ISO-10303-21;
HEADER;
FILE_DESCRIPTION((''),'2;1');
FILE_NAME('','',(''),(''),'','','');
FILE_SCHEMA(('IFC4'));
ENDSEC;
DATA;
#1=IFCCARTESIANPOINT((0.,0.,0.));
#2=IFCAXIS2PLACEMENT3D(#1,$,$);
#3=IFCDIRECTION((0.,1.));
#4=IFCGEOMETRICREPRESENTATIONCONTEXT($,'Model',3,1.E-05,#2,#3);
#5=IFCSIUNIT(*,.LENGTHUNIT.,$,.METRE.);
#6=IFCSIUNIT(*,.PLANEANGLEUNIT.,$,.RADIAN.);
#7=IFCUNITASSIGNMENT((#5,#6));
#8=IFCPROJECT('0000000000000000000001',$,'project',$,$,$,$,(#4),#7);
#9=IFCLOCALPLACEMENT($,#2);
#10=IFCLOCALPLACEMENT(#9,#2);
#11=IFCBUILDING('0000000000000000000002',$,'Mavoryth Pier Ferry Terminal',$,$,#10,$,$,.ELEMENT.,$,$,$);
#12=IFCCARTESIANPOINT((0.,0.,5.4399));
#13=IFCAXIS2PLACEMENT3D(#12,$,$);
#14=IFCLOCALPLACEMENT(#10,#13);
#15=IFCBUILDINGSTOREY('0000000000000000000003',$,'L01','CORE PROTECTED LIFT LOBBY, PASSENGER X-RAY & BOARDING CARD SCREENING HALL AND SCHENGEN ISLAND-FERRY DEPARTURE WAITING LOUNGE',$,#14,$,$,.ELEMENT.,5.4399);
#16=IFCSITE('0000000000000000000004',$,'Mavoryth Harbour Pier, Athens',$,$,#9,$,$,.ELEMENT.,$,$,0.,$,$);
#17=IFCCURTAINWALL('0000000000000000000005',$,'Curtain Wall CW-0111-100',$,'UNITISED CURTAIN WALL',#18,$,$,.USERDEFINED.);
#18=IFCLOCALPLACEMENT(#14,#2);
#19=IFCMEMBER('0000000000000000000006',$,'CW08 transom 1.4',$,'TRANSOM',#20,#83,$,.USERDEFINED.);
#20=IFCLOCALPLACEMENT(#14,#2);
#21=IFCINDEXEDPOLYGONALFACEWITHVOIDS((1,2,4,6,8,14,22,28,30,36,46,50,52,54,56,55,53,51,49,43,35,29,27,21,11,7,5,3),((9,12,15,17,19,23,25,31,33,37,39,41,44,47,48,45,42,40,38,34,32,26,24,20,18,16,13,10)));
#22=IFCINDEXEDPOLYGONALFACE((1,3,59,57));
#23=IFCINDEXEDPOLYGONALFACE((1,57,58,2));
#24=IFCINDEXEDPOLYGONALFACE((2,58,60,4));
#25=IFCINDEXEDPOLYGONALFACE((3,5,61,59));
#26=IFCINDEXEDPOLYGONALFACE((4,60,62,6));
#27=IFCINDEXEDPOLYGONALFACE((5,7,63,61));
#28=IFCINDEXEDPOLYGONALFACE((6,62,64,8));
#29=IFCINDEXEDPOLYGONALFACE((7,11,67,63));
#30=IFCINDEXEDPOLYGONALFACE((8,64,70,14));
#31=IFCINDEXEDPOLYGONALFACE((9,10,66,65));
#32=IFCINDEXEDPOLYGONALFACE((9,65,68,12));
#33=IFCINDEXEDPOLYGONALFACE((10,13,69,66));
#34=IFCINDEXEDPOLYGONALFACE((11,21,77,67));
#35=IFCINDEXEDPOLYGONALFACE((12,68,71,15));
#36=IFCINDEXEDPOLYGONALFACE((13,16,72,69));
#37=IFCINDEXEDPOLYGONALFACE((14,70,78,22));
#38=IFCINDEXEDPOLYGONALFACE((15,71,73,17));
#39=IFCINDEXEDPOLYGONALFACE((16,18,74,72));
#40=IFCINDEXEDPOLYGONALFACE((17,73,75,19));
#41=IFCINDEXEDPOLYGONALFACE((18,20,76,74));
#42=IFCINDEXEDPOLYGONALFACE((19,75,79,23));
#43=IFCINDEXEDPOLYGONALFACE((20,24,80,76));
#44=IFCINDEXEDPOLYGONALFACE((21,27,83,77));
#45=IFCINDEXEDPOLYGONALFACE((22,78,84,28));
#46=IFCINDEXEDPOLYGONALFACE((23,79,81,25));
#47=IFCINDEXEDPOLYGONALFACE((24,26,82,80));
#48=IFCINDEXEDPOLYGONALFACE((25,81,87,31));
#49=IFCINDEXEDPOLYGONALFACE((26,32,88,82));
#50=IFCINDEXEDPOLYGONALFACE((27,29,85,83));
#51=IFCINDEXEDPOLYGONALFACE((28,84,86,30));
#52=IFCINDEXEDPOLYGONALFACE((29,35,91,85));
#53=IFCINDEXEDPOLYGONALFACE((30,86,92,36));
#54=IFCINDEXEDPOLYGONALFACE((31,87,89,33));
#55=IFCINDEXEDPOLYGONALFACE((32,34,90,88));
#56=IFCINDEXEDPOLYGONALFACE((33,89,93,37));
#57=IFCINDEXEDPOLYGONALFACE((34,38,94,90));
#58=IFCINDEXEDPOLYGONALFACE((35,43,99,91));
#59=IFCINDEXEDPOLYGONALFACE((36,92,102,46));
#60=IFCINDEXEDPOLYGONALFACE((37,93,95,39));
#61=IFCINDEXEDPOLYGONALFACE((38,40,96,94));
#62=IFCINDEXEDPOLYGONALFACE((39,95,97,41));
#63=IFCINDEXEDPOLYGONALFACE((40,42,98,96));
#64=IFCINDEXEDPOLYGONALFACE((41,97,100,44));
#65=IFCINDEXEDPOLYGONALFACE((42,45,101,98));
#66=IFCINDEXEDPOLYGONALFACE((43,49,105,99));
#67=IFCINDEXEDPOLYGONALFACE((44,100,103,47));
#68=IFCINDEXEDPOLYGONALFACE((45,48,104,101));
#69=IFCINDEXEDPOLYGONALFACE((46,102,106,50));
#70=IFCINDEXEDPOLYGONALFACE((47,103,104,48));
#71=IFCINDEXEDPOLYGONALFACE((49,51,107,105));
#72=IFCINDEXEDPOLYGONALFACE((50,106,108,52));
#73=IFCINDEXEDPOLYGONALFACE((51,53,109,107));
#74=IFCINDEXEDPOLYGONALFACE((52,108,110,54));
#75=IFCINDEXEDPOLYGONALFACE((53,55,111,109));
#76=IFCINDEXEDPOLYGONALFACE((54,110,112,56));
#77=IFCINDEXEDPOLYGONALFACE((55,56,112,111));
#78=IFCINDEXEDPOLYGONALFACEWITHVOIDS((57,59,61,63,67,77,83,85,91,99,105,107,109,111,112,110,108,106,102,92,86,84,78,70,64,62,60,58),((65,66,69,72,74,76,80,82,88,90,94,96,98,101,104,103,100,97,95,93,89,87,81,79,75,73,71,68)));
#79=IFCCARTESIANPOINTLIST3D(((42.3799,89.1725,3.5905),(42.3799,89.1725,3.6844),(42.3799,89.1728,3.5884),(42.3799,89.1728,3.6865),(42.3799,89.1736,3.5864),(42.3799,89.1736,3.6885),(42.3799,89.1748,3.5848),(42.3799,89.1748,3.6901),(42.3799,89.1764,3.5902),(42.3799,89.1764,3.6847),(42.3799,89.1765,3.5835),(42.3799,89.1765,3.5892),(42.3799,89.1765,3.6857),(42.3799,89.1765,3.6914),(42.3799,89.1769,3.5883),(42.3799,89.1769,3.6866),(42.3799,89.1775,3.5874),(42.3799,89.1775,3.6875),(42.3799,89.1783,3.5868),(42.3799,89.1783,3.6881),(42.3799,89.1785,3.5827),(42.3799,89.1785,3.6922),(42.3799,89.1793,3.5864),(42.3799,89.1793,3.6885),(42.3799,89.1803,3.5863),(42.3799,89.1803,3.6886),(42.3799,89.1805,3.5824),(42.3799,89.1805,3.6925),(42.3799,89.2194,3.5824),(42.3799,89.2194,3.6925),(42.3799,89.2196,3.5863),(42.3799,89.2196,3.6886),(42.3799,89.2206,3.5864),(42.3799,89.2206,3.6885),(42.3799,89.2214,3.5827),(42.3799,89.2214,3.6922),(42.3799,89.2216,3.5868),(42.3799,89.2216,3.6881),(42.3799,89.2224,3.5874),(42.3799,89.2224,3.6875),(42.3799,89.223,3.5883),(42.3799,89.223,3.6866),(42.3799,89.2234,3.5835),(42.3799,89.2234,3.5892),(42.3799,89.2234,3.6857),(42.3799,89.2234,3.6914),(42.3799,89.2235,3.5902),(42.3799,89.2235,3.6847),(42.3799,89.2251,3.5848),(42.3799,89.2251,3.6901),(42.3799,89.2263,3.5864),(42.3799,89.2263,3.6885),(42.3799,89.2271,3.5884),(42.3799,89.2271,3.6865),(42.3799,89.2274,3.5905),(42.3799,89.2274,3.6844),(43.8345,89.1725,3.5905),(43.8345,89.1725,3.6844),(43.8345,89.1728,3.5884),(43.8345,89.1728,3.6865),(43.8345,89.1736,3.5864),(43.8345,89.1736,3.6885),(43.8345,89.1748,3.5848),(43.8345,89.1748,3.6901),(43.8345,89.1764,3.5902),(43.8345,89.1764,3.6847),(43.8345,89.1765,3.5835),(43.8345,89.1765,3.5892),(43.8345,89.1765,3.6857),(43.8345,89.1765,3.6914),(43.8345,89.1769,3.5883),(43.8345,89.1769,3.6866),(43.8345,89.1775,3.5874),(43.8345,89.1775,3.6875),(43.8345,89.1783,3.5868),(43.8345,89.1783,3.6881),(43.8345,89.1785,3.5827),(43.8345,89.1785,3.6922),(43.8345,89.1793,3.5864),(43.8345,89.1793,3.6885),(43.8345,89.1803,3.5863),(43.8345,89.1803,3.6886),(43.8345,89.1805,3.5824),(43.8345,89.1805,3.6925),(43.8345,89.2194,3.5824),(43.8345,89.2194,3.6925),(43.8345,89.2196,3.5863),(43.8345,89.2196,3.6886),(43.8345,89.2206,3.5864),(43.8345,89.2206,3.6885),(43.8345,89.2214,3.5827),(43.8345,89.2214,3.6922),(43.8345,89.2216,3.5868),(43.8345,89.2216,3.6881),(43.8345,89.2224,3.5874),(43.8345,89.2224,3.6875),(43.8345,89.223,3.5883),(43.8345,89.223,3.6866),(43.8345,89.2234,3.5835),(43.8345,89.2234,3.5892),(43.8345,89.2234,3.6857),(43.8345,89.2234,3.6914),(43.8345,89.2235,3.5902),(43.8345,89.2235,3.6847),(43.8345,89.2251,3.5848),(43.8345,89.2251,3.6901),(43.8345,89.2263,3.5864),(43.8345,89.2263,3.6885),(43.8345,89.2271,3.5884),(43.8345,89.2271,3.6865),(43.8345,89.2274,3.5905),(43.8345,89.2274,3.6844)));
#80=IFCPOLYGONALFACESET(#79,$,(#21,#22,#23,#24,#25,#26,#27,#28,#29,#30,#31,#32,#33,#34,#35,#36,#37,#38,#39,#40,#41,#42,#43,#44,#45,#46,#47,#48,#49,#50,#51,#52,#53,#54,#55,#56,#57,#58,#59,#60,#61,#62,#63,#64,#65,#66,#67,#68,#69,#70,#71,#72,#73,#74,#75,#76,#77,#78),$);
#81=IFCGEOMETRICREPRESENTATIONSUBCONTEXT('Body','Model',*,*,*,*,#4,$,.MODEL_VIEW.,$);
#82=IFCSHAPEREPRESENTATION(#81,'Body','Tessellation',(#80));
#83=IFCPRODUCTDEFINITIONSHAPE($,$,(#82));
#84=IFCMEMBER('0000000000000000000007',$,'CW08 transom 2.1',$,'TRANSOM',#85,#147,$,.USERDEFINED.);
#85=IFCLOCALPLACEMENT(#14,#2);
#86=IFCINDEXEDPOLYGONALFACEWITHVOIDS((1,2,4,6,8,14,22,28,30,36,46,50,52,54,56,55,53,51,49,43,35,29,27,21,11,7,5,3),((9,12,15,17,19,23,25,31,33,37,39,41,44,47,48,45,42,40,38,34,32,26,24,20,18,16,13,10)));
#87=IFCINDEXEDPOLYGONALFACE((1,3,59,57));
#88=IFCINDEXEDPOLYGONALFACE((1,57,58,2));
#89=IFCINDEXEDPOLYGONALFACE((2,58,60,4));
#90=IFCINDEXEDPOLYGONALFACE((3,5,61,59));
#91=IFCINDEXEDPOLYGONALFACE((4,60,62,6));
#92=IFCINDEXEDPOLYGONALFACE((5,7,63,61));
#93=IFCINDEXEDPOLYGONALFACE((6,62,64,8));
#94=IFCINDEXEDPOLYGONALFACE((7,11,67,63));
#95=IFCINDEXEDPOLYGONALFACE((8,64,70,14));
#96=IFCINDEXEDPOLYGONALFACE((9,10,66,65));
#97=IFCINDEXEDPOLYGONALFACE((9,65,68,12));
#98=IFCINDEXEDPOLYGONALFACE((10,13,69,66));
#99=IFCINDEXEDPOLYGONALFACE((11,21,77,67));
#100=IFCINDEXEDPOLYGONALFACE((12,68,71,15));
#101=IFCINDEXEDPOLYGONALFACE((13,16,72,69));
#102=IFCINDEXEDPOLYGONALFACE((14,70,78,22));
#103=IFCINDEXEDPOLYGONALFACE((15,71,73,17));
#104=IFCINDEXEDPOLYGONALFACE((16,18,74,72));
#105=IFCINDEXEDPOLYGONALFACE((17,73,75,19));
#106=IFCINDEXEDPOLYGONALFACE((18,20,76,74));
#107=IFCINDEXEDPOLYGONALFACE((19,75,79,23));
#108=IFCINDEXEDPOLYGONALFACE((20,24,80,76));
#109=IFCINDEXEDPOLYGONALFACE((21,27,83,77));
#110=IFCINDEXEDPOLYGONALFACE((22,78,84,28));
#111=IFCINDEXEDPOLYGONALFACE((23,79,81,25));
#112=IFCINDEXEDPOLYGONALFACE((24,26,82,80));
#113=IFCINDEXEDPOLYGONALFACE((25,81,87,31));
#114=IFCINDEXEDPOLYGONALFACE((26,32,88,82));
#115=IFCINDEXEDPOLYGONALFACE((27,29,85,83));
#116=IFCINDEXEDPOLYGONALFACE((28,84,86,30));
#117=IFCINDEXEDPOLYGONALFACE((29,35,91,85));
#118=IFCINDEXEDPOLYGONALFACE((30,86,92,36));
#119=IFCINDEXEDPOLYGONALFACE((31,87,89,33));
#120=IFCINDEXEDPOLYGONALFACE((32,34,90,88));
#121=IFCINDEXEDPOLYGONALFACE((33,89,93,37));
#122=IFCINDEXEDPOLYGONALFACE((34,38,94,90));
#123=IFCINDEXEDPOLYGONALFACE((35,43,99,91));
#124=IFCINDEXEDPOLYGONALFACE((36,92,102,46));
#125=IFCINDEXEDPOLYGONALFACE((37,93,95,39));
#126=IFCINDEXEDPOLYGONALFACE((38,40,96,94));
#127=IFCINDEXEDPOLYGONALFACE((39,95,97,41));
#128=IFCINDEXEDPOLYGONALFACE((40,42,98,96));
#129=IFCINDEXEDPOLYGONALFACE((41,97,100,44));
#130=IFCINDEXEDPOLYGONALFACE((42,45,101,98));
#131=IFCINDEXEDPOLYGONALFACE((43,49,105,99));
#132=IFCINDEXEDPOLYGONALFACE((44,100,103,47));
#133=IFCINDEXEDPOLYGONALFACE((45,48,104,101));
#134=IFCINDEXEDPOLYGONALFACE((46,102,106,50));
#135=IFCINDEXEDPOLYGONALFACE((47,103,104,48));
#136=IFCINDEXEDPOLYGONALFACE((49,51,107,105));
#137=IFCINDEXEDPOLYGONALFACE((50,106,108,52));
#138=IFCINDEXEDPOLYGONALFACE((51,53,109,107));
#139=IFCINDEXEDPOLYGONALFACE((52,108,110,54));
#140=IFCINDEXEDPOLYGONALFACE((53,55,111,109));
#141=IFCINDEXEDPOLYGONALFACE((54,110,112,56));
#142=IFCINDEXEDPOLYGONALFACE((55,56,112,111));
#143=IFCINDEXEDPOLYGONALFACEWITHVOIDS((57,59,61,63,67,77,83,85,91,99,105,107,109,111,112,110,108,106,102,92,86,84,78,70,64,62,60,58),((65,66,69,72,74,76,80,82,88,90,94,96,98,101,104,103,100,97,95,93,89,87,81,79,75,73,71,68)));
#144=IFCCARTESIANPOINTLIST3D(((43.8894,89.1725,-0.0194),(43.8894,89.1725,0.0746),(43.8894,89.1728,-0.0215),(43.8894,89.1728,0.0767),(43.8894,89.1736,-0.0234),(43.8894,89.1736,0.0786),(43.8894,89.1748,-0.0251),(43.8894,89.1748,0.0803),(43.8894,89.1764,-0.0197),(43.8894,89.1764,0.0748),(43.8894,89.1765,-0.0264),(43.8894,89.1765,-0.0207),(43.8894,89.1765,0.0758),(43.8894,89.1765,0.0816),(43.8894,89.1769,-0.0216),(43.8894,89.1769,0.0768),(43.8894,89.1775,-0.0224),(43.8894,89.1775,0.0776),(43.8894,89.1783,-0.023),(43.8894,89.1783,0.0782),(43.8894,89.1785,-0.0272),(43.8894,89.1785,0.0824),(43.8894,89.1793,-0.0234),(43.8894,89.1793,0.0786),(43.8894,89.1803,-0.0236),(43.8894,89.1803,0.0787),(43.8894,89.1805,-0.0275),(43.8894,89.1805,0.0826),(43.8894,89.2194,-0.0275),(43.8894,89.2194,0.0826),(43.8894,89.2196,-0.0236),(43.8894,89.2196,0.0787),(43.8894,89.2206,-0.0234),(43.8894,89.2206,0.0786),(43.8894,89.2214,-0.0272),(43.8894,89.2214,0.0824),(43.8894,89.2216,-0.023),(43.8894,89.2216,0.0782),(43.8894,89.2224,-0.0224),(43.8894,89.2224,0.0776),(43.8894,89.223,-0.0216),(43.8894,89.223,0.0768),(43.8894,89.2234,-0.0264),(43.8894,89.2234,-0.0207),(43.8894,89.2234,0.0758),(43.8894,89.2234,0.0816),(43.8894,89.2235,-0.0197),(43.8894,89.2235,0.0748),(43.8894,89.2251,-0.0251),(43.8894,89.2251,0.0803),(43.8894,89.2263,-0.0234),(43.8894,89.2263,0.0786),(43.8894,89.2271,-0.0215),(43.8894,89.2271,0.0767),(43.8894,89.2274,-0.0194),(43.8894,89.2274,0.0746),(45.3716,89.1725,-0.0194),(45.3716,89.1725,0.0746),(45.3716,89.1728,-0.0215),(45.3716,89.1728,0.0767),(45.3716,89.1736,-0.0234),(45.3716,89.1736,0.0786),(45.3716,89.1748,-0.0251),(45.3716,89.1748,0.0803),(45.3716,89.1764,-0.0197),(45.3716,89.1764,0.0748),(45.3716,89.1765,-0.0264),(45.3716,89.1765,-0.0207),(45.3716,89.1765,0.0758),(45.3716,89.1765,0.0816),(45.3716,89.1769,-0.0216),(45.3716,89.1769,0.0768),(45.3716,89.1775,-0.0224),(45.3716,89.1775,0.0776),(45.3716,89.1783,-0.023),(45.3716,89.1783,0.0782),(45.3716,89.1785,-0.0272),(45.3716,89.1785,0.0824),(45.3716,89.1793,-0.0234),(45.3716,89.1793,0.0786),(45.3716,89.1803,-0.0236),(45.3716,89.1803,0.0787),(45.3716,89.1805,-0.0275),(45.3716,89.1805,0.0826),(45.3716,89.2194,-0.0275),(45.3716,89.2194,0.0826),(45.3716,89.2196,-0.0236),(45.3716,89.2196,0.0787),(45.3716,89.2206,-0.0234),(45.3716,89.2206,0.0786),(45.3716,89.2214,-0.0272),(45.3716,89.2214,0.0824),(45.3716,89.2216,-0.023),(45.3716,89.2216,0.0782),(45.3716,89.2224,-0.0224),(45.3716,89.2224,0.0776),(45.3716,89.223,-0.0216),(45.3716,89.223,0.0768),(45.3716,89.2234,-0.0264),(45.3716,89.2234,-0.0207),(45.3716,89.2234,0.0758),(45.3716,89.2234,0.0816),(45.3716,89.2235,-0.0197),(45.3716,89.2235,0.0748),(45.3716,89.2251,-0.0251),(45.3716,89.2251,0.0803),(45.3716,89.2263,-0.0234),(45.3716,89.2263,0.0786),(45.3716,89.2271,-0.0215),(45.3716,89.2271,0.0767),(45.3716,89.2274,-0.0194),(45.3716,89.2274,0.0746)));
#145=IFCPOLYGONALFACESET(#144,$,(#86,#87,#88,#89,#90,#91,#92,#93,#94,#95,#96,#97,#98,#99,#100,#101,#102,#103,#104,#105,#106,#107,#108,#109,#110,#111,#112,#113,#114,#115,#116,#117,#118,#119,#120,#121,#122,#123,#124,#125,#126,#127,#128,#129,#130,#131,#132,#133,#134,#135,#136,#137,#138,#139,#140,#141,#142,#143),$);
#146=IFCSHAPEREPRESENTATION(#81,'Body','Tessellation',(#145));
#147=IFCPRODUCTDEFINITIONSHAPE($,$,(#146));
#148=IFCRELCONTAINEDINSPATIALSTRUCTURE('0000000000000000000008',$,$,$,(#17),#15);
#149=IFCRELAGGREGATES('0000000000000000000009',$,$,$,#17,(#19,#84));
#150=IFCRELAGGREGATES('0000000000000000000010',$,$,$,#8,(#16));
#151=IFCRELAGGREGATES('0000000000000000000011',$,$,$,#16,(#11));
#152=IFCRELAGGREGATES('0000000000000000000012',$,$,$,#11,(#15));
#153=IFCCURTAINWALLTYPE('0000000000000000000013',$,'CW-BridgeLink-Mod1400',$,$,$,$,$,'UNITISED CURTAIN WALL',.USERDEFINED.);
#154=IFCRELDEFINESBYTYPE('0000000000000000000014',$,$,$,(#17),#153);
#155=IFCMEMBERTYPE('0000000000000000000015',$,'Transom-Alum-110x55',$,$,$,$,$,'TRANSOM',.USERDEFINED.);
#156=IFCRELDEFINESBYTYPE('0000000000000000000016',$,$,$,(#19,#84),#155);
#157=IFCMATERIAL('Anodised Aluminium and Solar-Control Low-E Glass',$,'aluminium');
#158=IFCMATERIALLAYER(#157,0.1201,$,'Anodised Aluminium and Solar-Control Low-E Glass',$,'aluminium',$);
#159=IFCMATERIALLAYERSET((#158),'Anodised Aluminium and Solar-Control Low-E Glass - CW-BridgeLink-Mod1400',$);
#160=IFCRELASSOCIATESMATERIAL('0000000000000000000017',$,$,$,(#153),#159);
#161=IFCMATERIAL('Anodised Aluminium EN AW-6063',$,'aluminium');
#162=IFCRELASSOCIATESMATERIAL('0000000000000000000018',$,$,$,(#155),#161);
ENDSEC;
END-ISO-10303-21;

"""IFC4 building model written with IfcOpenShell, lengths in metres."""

from ifc_helpers import new_model, si_unit, direction, frame, origin, origin_2d, place, context, subcontext, project, spatial, hollow_rectangle, extrude, material, layer, layer_set, material_profile, profile_set, type_object, element, aggregate, save


model = new_model("IFC4")

# Units and contexts
model_context = context("Model", 3, precision=1e-05, world=origin(), true_north=direction((0.0, 1.0)))
body_context = subcontext(model_context, "Body", "Model", "MODEL_VIEW")
ifc_project = project(units=[si_unit("LENGTHUNIT", "METRE"), si_unit("PLANEANGLEUNIT", "RADIAN")], contexts=[model_context])

# Site, building, storey
site_placement = place(None, origin())
site = spatial("IfcSite", under=ifc_project, at=site_placement, Name="Mavoryth Harbour Pier, Athens", CompositionType="ELEMENT", RefElevation=0.0)
building_placement = place(site_placement, origin())
building = spatial("IfcBuilding", under=site, at=building_placement, Name="Mavoryth Pier Ferry Terminal", CompositionType="ELEMENT")
storey_placement = place(building_placement, frame((0.0, 0.0, 5.4399)))
storey = spatial("IfcBuildingStorey", under=building, at=storey_placement, Name="L01", Description="CORE PROTECTED LIFT LOBBY, PASSENGER X-RAY & BOARDING CARD SCREENING HALL AND SCHENGEN ISLAND-FERRY DEPARTURE WAITING LOUNGE", CompositionType="ELEMENT", Elevation=5.4399)

# Curtain wall
ifc_material_1 = material(Name="Anodised Aluminium and Solar-Control Low-E Glass", Category="aluminium")
ifc_layer_1 = layer(ifc_material_1, 0.1201, Name="Anodised Aluminium and Solar-Control Low-E Glass", Category="aluminium")
ifc_layer_set_1 = layer_set([ifc_layer_1], Name="Anodised Aluminium and Solar-Control Low-E Glass - CW-BridgeLink-Mod1400")
curtain_wall_type = type_object("IfcCurtainWallType", Name="CW-BridgeLink-Mod1400", ElementType="UNITISED CURTAIN WALL", PredefinedType="USERDEFINED", material=ifc_layer_set_1)
curtain_wall_placement = place(storey_placement, origin())
curtain_wall = element("IfcCurtainWall", 1, at=curtain_wall_placement, inside=storey, type_object=curtain_wall_type, Name="Curtain Wall CW-0111-100", ObjectType="UNITISED CURTAIN WALL", PredefinedType="USERDEFINED")
ifc_material_2 = material(Name="Anodised Aluminium EN AW-6063", Category="aluminium")

# Members
ifc_material_profile_1 = material_profile(ifc_material_2, hollow_rectangle(XDim=0.0549, YDim=0.1101, WallThickness=0.0039, InnerFilletRadius=0.0039, OuterFilletRadius=0.0081, at=origin_2d()), Name="AL-TRAN 110x55x4", Category="aluminium")
ifc_profile_set_1 = profile_set([ifc_material_profile_1], Name="Anodised Aluminium EN AW-6063 - AL-TRAN 110x55x4")
member_type_1 = type_object("IfcMemberType", Name="Transom-Alum-110x55", ElementType="TRANSOM", PredefinedType="USERDEFINED", material=ifc_profile_set_1)
member_1_placement = place(storey_placement, frame((42.3799, 89.2, 3.6375), z_axis=(1.0, 0.0, 0.0), x_axis=(0.0, 1.0, 0.0)))
member_1 = element("IfcMember", 2, at=member_1_placement, type_object=member_type_1, Name="CW08 transom 1.4", ObjectType="TRANSOM", PredefinedType="USERDEFINED", context=body_context, shape_type="SweptSolid", body=[
    extrude(hollow_rectangle(XDim=0.0549, YDim=0.1101, WallThickness=0.0039, InnerFilletRadius=0.0039, OuterFilletRadius=0.0081, at=origin_2d()), origin(), (0.0, 0.0, 1.0), 1.4546),
])
member_2_placement = place(storey_placement, frame((43.8894, 89.2, 0.0276), z_axis=(1.0, 0.0, 0.0), x_axis=(0.0, 1.0, 0.0)))
member_2 = element("IfcMember", 3, at=member_2_placement, type_object=member_type_1, Name="CW08 transom 2.1", ObjectType="TRANSOM", PredefinedType="USERDEFINED", context=body_context, shape_type="SweptSolid", body=[
    extrude(hollow_rectangle(XDim=0.0549, YDim=0.1101, WallThickness=0.0039, InnerFilletRadius=0.0039, OuterFilletRadius=0.0081, at=origin_2d()), origin(), (0.0, 0.0, 1.0), 1.4822),
])

aggregate(curtain_wall, [member_1, member_2])

save(model, "model.ifc")
